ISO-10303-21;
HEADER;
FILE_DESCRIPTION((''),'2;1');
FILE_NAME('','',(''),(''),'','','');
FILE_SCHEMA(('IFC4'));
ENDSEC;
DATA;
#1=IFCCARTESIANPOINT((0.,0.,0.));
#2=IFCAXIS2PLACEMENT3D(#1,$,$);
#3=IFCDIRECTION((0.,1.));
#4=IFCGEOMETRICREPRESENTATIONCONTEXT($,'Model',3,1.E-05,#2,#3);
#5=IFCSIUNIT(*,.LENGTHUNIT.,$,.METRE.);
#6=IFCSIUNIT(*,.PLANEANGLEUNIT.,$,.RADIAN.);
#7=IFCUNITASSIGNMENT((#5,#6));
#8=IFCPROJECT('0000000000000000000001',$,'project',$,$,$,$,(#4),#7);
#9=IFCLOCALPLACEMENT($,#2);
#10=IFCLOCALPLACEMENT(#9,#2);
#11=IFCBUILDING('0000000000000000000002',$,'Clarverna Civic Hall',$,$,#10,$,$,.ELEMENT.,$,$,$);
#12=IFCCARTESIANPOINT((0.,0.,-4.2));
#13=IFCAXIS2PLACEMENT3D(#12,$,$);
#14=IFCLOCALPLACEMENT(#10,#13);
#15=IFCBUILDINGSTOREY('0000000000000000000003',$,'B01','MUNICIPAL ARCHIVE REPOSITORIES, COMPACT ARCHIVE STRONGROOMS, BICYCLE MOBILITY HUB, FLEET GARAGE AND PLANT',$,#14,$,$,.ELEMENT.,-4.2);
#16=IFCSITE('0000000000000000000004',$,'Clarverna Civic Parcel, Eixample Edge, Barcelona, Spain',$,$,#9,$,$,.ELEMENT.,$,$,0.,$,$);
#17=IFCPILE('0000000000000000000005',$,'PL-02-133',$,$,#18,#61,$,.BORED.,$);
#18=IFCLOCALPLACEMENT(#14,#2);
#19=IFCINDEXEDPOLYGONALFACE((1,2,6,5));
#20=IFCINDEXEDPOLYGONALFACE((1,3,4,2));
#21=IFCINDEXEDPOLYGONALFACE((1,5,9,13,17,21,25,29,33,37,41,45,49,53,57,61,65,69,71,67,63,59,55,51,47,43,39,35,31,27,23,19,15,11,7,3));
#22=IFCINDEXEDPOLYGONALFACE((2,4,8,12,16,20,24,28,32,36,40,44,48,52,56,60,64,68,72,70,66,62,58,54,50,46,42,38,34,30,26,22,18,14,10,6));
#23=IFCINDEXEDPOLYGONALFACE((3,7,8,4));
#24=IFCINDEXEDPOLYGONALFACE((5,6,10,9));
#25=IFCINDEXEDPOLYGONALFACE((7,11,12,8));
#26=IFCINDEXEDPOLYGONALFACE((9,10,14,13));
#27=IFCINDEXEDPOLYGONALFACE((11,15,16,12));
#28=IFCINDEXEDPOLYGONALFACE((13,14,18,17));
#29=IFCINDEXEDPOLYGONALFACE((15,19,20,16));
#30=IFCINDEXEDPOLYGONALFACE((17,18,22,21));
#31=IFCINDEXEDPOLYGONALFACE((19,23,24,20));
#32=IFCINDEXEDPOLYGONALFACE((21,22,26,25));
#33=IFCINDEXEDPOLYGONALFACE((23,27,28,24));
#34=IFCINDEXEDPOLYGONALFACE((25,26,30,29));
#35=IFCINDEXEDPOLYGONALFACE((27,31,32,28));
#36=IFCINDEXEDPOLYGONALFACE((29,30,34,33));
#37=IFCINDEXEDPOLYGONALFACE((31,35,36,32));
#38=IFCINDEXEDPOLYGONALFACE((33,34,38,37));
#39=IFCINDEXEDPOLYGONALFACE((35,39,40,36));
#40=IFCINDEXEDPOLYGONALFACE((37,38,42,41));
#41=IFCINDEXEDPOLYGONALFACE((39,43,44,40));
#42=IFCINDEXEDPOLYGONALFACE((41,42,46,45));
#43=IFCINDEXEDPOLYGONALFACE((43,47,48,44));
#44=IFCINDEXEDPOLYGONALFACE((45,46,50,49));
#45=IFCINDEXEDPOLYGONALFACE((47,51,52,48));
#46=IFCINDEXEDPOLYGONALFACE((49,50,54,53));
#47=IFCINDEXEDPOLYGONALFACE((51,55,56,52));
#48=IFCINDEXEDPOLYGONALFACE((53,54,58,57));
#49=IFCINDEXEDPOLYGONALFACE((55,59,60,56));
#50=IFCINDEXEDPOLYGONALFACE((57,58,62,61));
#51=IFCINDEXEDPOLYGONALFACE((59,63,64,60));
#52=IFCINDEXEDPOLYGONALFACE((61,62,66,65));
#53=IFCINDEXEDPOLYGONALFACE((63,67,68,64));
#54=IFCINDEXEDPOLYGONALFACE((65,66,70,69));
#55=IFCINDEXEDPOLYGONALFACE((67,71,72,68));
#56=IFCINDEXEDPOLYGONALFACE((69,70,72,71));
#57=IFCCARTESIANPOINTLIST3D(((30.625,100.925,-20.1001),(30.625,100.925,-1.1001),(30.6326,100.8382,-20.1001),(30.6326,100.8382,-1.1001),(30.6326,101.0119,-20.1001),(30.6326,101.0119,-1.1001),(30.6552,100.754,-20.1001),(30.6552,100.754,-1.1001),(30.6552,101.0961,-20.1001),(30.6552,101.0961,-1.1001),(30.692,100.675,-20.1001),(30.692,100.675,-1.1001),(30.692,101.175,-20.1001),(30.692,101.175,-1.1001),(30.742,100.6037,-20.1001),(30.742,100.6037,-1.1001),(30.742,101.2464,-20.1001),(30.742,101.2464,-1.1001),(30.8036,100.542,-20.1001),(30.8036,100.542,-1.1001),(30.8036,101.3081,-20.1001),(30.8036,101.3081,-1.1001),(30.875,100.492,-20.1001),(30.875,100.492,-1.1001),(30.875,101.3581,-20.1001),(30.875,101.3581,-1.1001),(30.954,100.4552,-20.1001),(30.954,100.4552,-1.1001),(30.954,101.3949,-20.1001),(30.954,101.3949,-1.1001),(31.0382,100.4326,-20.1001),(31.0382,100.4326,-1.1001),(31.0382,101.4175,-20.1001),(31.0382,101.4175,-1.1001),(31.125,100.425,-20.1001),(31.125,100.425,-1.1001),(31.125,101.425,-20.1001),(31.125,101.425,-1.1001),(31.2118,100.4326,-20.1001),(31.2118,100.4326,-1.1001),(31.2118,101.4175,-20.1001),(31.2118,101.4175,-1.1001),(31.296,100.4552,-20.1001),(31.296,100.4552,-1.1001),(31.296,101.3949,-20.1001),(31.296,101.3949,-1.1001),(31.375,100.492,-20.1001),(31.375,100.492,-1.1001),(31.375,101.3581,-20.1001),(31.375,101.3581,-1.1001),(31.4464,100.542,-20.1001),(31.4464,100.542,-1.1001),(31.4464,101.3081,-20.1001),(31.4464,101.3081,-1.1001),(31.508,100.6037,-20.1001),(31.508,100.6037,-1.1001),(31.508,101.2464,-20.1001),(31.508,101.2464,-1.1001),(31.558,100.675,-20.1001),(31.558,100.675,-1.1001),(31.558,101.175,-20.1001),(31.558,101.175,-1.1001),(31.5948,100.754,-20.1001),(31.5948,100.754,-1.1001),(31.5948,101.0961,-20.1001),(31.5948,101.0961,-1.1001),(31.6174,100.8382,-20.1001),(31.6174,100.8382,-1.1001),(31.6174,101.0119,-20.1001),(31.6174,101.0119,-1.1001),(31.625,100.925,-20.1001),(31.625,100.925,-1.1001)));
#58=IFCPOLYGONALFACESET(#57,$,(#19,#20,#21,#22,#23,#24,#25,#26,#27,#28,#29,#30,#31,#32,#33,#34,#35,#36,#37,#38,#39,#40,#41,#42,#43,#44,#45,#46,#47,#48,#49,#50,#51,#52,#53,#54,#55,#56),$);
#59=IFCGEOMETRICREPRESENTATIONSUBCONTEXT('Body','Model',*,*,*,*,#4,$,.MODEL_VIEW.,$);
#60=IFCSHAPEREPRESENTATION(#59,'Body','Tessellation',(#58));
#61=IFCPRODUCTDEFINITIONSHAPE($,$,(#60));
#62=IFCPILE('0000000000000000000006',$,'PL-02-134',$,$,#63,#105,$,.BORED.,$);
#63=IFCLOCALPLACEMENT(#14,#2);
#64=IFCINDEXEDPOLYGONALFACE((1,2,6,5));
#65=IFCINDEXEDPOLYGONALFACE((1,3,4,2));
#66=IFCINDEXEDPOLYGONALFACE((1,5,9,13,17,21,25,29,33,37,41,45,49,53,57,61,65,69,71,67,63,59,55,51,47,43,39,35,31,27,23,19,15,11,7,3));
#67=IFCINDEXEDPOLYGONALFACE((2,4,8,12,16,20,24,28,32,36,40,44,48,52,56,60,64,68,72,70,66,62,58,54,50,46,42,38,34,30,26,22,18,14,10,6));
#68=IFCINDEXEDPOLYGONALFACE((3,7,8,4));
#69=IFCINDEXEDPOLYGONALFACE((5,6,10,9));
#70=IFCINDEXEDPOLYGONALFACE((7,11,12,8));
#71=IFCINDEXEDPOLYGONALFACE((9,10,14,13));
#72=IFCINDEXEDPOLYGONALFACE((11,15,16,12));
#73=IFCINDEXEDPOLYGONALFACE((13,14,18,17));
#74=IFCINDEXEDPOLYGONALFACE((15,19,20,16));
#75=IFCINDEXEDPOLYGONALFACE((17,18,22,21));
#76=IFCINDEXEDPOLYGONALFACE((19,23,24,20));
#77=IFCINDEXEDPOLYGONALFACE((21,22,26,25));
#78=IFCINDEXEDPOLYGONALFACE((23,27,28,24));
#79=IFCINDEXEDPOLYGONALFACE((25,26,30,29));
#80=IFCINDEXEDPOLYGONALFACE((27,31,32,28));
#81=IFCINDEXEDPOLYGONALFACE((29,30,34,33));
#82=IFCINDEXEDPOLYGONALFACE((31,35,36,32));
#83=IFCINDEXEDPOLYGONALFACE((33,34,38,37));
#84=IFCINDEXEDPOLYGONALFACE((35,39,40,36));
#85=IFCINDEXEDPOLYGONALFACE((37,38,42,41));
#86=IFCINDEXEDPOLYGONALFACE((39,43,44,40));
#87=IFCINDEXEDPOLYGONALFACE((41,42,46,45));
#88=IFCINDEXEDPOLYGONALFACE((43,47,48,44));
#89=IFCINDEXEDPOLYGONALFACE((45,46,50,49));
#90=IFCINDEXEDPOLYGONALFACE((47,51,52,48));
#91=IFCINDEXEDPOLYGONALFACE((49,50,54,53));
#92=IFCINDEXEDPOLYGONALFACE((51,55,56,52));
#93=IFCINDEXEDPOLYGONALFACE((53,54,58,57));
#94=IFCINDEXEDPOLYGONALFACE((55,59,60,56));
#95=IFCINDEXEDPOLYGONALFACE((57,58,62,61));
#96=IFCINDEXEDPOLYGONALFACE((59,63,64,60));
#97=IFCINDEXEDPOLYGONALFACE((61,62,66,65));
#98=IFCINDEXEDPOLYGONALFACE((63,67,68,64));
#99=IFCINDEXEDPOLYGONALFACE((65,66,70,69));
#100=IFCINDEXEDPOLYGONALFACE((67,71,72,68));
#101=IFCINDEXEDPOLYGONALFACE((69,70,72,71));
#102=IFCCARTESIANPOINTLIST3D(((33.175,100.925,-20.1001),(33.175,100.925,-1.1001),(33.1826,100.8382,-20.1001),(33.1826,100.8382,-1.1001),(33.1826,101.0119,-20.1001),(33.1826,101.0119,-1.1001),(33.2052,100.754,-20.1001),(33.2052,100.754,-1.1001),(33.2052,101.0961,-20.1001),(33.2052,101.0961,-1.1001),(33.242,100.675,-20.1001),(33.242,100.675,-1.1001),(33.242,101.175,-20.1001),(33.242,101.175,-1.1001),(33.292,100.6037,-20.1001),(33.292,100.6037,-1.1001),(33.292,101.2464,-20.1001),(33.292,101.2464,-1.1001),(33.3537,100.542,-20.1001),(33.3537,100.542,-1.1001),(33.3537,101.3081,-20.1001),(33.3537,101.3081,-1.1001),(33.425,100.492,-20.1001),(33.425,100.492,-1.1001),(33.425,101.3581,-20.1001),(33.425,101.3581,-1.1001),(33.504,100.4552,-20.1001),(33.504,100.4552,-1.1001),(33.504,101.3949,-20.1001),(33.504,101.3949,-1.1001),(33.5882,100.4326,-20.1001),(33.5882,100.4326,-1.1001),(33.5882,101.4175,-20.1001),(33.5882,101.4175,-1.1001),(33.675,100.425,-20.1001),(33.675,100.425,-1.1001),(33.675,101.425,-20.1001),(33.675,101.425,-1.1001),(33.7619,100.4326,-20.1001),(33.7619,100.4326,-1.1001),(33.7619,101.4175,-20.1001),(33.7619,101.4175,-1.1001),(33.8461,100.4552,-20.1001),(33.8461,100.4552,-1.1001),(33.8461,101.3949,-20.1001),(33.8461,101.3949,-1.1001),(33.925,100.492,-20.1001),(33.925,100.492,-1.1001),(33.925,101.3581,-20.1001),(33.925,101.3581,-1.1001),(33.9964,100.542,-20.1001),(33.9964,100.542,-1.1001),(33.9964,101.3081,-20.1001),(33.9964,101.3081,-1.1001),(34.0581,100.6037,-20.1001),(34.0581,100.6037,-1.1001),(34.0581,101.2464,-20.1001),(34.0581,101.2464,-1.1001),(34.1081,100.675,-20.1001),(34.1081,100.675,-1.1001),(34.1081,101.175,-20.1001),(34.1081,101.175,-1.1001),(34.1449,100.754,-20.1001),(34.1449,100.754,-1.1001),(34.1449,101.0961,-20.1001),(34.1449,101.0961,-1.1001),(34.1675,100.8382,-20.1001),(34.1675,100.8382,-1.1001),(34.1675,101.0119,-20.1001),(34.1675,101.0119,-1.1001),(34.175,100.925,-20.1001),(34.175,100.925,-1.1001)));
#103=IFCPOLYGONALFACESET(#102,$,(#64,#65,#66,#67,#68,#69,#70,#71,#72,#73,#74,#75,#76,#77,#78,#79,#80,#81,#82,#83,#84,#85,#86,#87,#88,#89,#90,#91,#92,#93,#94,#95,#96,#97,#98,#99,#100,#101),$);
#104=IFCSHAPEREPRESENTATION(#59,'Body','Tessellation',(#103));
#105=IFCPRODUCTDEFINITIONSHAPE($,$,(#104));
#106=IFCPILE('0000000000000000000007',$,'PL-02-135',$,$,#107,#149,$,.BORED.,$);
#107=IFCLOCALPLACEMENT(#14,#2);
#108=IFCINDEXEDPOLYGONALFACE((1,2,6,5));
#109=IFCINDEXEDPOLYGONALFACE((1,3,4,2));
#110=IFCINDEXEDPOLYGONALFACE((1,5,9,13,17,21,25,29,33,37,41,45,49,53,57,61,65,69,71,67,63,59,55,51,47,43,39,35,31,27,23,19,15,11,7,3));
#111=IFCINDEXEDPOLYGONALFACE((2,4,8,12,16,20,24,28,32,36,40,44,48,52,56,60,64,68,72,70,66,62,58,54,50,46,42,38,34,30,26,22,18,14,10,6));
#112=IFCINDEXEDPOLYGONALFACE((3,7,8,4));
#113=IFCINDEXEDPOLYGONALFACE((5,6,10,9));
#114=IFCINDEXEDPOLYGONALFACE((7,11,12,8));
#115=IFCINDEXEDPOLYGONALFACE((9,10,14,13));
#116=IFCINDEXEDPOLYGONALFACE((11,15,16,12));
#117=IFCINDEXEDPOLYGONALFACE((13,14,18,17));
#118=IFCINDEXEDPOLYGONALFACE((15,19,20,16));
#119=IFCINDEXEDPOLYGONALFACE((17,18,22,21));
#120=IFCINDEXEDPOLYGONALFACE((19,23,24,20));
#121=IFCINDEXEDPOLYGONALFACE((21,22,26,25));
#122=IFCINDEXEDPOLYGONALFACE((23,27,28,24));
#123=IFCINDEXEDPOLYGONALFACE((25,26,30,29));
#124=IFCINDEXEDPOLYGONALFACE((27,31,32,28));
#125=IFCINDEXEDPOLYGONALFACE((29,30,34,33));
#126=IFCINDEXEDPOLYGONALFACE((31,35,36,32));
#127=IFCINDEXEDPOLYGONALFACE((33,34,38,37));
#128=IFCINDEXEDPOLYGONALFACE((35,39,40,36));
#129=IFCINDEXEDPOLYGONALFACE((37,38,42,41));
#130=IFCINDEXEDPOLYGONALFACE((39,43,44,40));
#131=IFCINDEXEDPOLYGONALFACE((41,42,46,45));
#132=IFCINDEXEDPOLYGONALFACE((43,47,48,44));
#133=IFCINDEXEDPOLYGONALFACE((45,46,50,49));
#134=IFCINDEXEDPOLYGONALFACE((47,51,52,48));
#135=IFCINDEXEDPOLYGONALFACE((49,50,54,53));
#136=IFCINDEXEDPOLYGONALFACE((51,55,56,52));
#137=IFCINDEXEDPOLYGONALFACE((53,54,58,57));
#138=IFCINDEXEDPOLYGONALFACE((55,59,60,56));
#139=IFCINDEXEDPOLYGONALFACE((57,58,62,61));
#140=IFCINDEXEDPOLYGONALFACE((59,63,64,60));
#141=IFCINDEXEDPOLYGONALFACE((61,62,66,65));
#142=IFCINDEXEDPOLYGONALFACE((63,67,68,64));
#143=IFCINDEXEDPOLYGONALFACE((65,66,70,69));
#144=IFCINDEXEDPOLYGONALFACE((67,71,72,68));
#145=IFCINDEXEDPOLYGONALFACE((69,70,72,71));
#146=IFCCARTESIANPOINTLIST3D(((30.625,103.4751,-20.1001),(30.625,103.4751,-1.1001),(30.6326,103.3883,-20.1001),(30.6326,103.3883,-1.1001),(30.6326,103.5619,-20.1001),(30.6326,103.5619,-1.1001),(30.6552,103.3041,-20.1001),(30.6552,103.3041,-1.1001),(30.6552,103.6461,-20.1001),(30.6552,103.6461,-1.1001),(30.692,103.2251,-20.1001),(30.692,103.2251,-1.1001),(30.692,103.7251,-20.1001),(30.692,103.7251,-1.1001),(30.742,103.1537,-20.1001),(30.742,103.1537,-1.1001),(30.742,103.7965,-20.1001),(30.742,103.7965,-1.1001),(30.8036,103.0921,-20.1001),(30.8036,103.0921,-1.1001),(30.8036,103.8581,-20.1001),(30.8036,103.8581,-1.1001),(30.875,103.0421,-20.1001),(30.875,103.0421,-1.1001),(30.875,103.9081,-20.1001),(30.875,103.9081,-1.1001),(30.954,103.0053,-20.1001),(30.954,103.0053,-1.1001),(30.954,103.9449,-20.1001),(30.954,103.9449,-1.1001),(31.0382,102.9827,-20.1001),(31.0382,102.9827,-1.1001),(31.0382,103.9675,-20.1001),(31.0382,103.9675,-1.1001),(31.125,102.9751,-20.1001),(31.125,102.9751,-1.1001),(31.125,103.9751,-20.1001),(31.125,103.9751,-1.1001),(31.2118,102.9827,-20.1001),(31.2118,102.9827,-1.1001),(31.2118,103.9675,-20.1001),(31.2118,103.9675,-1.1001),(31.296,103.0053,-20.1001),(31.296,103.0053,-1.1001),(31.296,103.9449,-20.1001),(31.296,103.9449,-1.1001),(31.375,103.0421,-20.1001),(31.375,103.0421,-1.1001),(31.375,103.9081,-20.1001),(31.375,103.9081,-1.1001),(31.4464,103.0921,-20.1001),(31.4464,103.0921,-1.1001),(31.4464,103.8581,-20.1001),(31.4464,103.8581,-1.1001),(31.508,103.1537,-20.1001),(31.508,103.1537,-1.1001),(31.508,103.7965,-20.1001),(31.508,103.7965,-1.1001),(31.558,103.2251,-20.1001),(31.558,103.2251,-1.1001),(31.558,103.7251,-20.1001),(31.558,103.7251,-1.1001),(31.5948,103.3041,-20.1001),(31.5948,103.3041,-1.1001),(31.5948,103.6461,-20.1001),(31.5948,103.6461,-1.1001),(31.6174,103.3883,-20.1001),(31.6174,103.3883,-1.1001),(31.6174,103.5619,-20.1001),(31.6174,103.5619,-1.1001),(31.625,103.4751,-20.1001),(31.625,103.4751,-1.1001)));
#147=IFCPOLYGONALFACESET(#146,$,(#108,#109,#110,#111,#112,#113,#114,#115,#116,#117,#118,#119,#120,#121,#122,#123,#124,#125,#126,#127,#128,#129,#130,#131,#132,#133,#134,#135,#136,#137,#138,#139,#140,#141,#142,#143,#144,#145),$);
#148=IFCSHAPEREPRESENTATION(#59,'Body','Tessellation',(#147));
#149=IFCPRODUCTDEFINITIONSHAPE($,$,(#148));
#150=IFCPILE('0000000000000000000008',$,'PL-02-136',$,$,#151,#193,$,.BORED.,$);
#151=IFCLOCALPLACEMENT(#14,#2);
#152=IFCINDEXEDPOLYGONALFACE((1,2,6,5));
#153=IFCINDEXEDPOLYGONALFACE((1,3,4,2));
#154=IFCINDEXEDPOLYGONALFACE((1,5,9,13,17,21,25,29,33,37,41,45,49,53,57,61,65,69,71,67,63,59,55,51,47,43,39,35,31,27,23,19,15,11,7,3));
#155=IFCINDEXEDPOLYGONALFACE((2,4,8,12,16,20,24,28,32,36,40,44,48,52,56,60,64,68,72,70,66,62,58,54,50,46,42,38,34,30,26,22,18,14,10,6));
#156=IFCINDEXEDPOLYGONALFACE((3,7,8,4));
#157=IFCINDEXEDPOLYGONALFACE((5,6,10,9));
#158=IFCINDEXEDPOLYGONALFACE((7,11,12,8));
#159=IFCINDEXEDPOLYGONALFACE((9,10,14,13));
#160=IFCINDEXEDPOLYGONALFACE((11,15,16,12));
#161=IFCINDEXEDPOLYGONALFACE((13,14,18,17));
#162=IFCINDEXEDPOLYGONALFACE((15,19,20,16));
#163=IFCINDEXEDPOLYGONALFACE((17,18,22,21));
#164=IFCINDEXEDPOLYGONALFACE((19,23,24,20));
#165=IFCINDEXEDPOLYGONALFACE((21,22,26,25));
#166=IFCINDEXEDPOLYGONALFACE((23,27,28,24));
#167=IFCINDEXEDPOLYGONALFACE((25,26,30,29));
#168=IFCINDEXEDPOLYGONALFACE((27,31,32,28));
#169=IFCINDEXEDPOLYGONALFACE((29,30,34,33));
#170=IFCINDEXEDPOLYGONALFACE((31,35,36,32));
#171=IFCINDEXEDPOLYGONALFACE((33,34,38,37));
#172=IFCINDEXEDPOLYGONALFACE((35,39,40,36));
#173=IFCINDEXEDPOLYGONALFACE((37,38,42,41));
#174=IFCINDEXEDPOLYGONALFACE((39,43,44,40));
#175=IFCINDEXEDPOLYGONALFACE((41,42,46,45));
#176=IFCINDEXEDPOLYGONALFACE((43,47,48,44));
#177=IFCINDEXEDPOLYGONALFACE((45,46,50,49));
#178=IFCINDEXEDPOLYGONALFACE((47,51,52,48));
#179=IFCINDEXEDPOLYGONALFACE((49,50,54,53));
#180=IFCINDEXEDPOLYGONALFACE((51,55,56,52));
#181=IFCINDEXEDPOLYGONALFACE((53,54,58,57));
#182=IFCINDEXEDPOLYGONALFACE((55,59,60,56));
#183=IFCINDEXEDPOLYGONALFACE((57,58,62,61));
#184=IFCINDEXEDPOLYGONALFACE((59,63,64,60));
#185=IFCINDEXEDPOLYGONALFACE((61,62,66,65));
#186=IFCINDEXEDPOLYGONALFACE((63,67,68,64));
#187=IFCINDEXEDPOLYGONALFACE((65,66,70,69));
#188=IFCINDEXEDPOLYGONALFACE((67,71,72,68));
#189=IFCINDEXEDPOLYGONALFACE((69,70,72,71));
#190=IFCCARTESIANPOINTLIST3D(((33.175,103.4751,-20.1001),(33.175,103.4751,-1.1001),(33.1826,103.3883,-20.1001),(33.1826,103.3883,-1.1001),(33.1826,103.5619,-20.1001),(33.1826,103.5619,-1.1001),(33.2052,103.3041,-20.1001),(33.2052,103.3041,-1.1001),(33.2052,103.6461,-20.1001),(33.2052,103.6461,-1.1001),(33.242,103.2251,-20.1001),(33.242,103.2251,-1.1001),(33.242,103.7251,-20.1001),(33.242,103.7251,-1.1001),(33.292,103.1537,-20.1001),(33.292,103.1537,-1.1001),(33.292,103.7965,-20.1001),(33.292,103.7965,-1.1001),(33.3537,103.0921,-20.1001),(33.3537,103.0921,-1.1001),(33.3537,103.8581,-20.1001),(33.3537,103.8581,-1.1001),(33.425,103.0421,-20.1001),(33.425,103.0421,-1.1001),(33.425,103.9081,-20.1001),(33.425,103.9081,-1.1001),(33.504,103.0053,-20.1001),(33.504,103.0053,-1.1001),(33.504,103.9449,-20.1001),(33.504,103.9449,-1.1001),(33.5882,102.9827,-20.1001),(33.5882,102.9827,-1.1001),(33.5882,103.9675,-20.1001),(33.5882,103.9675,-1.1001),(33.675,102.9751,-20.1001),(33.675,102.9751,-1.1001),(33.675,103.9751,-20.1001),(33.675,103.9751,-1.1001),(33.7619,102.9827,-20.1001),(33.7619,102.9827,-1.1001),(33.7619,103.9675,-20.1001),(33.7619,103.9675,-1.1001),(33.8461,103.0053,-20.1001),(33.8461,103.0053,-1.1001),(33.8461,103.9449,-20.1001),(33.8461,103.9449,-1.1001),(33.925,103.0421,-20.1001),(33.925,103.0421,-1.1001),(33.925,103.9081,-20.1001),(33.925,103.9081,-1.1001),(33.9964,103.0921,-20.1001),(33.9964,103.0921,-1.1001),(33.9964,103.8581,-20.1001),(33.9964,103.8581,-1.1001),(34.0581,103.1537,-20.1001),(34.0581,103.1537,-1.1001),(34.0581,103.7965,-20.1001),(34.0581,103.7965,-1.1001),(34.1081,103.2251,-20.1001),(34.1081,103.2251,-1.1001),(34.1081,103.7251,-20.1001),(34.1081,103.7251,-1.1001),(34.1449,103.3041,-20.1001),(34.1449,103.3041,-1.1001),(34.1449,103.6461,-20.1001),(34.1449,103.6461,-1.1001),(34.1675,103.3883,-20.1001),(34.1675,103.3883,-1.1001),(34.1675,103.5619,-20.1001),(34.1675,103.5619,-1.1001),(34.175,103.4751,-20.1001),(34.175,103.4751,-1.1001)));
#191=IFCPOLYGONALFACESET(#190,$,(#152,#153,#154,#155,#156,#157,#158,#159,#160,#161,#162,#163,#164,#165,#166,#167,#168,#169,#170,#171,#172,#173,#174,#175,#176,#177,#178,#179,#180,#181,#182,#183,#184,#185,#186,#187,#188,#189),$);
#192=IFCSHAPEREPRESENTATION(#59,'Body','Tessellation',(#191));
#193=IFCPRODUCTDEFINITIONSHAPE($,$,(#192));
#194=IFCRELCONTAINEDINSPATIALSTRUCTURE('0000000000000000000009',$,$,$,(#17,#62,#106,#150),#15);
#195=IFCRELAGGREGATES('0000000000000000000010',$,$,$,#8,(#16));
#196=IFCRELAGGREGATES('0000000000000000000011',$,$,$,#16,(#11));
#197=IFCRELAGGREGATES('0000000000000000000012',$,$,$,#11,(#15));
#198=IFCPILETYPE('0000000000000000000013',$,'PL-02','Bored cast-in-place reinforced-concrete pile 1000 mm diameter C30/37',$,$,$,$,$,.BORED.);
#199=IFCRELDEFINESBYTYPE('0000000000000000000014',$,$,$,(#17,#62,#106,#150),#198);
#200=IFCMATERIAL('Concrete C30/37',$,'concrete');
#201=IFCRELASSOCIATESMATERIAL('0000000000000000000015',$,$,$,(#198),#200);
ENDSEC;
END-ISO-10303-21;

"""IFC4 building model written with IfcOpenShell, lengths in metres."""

from ifc_helpers import new_model, si_unit, direction, frame, origin, origin_2d, place, context, subcontext, project, spatial, circle, extrude, material, material_profile, profile_set, type_object, element, save


model = new_model("IFC4")

# Units and contexts
model_context = context("Model", 3, precision=1e-05, world=origin(), true_north=direction((0.0, 1.0)))
body_context = subcontext(model_context, "Body", "Model", "MODEL_VIEW")
ifc_project = project(units=[si_unit("LENGTHUNIT", "METRE"), si_unit("PLANEANGLEUNIT", "RADIAN")], contexts=[model_context])

# Site, building, storey
site_placement = place(None, origin())
site = spatial("IfcSite", under=ifc_project, at=site_placement, Name="Clarverna Civic Parcel, Eixample Edge, Barcelona, Spain", CompositionType="ELEMENT", RefElevation=0.0)
building_placement = place(site_placement, origin())
building = spatial("IfcBuilding", under=site, at=building_placement, Name="Clarverna Civic Hall", CompositionType="ELEMENT")
storey_placement = place(building_placement, frame((0.0, 0.0, -4.2)))
storey = spatial("IfcBuildingStorey", under=building, at=storey_placement, Name="B01", Description="MUNICIPAL ARCHIVE REPOSITORIES, COMPACT ARCHIVE STRONGROOMS, BICYCLE MOBILITY HUB, FLEET GARAGE AND PLANT", CompositionType="ELEMENT", Elevation=-4.2)

# Shared definitions
ifc_material_1 = material(Name="Concrete C30/37", Category="concrete")

# Piles
ifc_material_profile_1 = material_profile(ifc_material_1, circle(Radius=0.5, at=origin_2d()), Name="BORED PILE D1000")
ifc_profile_set_1 = profile_set([ifc_material_profile_1], Name="Concrete C30/37")
pile_type = type_object("IfcPileType", Name="PL-02", Description="Bored cast-in-place reinforced-concrete pile 1000 mm diameter C30/37", PredefinedType="BORED", material=ifc_profile_set_1)
for number, where, z_axis, x_axis, name in (
    (1, (31.125, 100.925, -1.1001), (0.0, 0.0, -1.0), (1.0, 0.0, 0.0), "PL-02-133"),
    (2, (33.675, 100.925, -1.1001), (0.0, 0.0, -1.0), (1.0, 0.0, 0.0), "PL-02-134"),
    (3, (31.125, 103.4751, -1.1001), (0.0, 0.0, -1.0), (1.0, 0.0, 0.0), "PL-02-135"),
    (4, (33.675, 103.4751, -1.1001), (0.0, 0.0, -1.0), (1.0, 0.0, 0.0), "PL-02-136"),
):
    element("IfcPile", number, at=place(storey_placement, frame(where, z_axis=z_axis, x_axis=x_axis)), inside=storey, type_object=pile_type, Name=name, PredefinedType="BORED", context=body_context, shape_type="SweptSolid", body=[
        extrude(circle(Radius=0.5, at=origin_2d()), origin(), (0.0, 0.0, 1.0), 19.0),
    ])

save(model, "model.ifc")
